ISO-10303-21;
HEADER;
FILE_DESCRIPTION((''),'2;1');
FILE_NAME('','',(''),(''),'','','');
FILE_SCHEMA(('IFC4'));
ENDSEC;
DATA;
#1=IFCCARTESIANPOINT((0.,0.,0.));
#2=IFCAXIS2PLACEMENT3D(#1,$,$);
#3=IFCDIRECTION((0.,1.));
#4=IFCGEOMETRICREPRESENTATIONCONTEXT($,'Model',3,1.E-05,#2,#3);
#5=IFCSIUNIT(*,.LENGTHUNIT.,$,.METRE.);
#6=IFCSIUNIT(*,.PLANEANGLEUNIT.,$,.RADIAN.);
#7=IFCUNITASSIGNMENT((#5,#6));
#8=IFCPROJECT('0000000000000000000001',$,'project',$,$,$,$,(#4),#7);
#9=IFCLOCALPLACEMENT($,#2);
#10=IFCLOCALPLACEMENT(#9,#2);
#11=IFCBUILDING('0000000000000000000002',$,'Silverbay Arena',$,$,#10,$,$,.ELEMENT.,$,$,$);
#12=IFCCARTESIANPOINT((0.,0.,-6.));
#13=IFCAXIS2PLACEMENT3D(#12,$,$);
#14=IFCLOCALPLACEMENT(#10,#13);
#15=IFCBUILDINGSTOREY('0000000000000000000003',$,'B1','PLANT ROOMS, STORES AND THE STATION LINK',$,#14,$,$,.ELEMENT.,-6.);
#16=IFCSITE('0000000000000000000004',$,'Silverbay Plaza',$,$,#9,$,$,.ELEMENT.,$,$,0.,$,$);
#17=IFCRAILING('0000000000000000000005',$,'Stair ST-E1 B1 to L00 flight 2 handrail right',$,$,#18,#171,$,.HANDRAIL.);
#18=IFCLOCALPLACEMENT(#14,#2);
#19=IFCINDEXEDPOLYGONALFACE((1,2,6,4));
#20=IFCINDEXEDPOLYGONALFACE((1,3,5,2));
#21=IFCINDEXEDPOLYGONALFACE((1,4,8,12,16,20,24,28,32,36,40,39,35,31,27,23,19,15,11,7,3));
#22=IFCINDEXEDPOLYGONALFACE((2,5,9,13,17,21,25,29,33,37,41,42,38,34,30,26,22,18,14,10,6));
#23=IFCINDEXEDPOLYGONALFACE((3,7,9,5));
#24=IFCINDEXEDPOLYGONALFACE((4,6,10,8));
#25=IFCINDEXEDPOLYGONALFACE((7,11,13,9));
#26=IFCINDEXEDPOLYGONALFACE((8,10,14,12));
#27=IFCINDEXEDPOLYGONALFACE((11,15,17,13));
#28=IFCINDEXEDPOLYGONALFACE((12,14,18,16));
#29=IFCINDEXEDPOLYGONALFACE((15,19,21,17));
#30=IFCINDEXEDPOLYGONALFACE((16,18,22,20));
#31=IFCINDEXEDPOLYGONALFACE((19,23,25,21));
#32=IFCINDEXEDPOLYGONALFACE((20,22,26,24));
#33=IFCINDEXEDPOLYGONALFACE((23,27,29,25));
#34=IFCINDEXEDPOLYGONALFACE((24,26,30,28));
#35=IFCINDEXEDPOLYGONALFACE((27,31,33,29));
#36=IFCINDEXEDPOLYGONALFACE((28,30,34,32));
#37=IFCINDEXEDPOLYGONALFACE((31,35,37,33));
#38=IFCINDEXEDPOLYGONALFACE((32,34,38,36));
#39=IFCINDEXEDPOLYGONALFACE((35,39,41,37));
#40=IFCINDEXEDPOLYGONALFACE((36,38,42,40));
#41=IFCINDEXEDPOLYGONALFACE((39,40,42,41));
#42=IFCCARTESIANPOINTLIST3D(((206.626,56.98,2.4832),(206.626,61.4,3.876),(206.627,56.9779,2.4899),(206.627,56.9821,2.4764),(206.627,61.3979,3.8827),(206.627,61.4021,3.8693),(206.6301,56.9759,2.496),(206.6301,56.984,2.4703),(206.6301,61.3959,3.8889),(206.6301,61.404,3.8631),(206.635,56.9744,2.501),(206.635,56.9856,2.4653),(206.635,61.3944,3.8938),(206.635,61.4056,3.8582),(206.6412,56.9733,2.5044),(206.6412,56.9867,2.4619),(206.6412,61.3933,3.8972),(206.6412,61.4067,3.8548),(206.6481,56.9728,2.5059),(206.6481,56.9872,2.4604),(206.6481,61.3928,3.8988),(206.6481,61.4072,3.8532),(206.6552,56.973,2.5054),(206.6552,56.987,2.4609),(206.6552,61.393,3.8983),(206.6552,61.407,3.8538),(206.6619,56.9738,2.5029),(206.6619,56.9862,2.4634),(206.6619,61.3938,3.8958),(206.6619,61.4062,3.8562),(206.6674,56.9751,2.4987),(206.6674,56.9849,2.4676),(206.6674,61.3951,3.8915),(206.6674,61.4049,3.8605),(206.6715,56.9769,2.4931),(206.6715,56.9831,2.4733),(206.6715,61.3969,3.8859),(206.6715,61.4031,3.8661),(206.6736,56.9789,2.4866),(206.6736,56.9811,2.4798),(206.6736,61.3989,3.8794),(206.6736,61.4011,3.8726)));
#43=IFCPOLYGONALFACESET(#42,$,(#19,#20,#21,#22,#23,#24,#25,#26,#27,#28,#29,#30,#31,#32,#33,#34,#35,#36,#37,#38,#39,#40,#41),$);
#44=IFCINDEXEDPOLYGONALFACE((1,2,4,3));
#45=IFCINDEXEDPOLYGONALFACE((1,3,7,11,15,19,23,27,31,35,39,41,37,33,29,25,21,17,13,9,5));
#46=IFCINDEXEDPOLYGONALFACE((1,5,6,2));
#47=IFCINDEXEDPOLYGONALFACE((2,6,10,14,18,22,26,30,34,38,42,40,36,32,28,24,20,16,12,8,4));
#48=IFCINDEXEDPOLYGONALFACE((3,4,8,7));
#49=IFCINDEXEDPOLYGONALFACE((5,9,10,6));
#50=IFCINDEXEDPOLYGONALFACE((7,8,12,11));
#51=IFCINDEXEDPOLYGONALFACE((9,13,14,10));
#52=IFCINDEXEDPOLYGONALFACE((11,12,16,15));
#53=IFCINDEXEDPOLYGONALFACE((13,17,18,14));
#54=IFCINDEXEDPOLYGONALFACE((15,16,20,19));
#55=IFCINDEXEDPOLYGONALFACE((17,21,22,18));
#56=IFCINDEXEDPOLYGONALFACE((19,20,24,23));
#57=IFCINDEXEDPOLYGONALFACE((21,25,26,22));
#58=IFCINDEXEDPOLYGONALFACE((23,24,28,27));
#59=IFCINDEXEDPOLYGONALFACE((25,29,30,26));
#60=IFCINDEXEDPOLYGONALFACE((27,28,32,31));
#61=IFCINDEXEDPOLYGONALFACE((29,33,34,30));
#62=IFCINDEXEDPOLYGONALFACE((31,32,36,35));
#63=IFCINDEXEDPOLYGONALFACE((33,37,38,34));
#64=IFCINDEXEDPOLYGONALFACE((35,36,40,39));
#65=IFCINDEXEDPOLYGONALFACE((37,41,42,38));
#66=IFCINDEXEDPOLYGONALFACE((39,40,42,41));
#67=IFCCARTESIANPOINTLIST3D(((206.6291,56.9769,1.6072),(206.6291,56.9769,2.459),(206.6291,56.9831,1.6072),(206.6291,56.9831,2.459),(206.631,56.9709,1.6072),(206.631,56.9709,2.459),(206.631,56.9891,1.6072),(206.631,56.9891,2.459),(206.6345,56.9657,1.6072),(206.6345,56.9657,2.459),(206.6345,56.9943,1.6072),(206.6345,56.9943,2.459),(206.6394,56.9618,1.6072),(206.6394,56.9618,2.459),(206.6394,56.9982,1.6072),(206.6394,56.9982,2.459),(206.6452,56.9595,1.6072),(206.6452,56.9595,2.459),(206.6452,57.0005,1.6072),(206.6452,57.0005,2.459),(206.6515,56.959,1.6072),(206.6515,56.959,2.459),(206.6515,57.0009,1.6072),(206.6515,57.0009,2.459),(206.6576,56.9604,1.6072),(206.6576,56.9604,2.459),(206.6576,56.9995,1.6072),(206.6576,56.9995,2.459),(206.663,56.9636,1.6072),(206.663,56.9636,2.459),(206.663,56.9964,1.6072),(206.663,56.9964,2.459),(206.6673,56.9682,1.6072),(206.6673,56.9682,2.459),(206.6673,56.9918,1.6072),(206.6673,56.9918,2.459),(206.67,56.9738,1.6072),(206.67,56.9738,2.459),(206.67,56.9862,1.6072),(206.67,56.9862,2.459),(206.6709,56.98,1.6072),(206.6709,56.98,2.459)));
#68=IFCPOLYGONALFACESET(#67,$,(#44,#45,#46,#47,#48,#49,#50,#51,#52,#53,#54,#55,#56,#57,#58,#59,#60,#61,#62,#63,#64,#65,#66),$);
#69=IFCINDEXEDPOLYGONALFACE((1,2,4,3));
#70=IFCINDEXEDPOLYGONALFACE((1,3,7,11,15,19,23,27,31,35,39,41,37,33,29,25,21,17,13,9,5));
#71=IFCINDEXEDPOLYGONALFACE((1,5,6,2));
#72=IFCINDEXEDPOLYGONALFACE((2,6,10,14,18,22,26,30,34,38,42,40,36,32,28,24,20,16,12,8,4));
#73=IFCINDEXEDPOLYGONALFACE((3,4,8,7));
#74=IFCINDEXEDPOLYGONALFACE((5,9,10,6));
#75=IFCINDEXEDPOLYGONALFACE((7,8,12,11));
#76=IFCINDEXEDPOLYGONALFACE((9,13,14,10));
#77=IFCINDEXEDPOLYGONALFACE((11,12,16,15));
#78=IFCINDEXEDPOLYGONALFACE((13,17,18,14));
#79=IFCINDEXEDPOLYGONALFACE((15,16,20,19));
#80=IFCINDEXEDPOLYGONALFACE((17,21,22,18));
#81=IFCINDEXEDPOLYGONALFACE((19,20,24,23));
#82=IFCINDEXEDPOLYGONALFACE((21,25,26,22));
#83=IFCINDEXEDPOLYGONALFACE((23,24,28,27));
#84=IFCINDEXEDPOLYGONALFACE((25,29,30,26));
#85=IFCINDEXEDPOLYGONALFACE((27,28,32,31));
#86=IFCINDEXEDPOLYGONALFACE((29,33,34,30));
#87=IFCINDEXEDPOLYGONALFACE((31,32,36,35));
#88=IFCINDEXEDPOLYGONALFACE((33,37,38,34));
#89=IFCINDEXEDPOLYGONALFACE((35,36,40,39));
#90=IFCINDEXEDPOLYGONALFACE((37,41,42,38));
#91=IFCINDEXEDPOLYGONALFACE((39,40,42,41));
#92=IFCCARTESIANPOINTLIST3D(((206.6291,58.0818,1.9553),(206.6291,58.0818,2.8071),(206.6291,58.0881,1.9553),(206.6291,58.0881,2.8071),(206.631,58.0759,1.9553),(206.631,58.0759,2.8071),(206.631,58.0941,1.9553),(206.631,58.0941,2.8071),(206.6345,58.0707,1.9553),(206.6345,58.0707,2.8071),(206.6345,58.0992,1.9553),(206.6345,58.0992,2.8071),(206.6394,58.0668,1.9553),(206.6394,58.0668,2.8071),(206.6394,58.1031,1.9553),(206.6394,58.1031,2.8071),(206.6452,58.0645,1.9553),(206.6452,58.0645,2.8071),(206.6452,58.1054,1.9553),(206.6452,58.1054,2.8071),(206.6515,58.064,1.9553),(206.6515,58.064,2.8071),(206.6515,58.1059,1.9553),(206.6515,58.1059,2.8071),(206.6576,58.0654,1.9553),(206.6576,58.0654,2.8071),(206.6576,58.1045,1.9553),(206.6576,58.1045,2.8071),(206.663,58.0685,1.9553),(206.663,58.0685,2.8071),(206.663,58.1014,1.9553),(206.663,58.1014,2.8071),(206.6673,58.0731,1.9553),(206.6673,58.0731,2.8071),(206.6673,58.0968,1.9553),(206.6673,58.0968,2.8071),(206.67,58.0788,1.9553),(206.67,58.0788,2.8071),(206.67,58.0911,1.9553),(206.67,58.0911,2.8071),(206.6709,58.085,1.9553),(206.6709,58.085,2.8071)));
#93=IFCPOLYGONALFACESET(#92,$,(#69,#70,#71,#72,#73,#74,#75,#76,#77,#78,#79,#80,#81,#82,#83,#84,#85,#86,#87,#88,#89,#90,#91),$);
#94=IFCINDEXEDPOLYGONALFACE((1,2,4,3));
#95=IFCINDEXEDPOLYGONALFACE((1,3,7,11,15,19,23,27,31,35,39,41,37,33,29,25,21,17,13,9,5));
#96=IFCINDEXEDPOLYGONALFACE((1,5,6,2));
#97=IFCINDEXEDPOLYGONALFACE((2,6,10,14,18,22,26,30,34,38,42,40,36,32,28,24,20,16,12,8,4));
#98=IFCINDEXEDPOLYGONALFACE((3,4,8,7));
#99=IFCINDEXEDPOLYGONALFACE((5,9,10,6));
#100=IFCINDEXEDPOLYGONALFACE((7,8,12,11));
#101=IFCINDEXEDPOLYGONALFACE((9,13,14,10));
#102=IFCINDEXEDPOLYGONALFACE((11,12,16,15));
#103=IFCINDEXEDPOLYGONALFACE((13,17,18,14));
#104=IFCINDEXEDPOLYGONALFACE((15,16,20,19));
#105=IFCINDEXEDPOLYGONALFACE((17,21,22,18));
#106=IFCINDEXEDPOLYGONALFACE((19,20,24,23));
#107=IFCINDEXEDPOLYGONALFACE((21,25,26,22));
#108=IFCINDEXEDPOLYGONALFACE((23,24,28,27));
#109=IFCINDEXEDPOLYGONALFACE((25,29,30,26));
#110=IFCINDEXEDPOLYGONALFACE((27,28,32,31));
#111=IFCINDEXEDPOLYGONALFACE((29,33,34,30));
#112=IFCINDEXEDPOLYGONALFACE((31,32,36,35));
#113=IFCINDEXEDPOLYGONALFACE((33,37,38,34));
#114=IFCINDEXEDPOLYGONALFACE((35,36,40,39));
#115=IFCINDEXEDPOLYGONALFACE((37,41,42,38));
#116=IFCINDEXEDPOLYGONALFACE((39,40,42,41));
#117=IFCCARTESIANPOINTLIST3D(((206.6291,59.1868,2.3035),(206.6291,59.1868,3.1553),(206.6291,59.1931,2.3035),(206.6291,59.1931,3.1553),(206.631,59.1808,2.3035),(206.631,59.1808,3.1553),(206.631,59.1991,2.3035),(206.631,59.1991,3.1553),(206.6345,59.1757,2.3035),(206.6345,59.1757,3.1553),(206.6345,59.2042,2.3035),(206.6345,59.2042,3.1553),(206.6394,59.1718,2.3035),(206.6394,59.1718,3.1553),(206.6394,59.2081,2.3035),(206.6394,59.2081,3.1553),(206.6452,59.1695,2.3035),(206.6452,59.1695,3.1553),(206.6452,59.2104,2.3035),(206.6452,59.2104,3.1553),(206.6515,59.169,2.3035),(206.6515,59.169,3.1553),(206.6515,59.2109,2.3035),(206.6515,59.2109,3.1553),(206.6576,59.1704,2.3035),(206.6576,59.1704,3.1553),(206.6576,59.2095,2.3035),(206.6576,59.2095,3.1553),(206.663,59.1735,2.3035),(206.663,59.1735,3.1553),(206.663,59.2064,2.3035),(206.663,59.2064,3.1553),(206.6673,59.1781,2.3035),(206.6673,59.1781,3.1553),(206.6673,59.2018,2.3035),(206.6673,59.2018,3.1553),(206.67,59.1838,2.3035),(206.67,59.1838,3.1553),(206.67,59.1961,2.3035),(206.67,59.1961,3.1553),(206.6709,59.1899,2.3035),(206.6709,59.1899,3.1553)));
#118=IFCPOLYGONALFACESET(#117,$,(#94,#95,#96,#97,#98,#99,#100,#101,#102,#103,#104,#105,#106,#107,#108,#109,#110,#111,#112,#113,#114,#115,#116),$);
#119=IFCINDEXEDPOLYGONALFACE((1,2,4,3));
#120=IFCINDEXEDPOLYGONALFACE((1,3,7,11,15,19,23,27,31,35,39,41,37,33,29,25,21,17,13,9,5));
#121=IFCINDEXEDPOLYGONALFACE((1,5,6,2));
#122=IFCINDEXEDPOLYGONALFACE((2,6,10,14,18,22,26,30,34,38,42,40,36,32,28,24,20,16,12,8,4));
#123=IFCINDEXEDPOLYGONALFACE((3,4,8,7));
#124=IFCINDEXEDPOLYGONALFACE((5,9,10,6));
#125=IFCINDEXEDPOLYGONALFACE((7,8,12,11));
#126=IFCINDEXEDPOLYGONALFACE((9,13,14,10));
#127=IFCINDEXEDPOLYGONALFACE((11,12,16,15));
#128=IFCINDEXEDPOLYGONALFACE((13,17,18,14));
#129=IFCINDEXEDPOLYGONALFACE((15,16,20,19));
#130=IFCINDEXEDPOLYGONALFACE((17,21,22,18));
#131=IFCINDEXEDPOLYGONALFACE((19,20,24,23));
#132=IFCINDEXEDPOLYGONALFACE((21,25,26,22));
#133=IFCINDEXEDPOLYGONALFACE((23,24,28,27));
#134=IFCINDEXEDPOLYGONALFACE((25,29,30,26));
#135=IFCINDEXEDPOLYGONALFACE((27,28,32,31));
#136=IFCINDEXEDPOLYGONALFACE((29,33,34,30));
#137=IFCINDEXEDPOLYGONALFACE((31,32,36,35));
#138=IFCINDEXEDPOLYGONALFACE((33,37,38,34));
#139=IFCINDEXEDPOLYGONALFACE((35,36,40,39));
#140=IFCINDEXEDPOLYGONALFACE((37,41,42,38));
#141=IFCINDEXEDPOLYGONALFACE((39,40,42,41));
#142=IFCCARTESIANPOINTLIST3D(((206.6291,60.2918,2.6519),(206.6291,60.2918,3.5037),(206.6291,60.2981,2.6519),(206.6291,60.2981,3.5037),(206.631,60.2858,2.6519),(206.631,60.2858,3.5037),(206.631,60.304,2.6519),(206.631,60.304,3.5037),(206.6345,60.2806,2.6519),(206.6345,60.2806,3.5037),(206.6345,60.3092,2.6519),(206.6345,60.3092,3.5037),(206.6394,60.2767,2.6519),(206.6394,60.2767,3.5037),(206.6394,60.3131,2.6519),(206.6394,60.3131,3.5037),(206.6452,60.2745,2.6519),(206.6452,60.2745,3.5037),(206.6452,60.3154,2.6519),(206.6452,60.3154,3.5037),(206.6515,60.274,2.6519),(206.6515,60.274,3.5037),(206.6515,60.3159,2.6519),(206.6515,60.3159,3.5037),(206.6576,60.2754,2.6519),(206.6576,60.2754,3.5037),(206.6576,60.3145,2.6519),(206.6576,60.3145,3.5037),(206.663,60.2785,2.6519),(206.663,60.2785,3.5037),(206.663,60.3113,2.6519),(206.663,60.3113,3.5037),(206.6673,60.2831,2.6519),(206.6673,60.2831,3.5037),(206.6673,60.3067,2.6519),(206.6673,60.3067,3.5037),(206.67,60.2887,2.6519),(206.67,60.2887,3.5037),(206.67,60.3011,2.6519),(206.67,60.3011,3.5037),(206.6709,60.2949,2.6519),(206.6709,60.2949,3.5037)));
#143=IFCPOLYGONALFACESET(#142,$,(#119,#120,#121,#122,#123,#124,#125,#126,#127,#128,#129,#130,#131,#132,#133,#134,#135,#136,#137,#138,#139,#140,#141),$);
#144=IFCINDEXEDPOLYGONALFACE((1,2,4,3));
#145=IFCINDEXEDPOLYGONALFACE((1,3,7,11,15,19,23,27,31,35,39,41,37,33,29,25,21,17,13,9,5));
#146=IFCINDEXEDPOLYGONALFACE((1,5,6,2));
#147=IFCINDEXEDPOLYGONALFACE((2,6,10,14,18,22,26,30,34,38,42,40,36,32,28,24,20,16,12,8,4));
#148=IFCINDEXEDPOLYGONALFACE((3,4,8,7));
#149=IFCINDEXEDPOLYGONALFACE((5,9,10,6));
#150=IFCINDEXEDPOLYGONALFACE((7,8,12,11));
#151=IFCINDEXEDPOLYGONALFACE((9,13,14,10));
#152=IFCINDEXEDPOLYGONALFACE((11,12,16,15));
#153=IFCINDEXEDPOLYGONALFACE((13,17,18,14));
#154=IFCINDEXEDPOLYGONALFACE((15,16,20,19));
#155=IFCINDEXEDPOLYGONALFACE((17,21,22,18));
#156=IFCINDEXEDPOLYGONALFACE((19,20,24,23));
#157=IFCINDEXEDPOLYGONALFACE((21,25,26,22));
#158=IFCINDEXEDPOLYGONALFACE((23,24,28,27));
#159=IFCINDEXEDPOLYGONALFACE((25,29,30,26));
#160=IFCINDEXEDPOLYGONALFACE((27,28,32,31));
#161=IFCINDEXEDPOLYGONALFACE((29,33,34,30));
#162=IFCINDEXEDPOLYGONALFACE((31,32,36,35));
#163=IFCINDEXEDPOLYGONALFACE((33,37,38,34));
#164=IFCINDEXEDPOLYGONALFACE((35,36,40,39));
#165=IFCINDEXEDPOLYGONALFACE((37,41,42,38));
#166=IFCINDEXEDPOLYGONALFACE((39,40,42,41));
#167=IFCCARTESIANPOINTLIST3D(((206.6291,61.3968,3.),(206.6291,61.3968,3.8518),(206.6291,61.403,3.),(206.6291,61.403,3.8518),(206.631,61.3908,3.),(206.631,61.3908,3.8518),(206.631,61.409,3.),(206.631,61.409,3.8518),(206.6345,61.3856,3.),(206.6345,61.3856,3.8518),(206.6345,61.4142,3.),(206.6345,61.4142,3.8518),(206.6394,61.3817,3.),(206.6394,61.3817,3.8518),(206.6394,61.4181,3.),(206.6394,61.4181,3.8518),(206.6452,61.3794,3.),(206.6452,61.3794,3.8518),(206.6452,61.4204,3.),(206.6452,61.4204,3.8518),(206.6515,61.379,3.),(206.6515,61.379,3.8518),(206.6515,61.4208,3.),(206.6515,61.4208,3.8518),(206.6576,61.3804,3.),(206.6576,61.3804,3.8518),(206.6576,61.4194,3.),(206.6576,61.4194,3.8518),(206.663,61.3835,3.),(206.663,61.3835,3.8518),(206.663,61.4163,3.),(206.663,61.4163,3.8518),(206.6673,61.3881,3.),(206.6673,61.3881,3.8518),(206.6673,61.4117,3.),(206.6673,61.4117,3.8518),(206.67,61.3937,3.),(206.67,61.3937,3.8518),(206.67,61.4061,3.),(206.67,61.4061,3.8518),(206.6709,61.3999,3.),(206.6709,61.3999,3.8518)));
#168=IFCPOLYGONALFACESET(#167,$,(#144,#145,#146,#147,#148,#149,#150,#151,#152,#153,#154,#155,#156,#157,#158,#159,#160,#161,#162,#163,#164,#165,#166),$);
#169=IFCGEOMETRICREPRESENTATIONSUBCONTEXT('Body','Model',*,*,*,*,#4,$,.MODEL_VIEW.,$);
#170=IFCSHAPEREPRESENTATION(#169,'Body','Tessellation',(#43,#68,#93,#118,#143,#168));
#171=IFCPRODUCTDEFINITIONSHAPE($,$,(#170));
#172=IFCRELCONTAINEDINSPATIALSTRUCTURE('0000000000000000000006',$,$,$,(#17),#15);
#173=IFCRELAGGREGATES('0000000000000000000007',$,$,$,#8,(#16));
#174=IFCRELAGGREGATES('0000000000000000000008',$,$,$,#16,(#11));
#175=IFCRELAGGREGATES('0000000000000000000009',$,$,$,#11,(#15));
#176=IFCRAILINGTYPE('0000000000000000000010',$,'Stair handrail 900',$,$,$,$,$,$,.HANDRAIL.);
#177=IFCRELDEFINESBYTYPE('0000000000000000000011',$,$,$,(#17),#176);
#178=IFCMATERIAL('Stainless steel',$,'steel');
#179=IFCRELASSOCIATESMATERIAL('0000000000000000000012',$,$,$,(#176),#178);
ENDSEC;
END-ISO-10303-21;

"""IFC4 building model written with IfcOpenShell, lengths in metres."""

from ifc_helpers import new_model, si_unit, direction, frame, origin, origin_2d, place, context, subcontext, project, spatial, circle, extrude, material, type_object, element, save


model = new_model("IFC4")

# Units and contexts
model_context = context("Model", 3, precision=1e-05, world=origin(), true_north=direction((0.0, 1.0)))
body_context = subcontext(model_context, "Body", "Model", "MODEL_VIEW")
ifc_project = project(units=[si_unit("LENGTHUNIT", "METRE"), si_unit("PLANEANGLEUNIT", "RADIAN")], contexts=[model_context])

# Site, building, storey
site_placement = place(None, origin())
site = spatial("IfcSite", under=ifc_project, at=site_placement, Name="Silverbay Plaza", CompositionType="ELEMENT", RefElevation=0.0)
building_placement = place(site_placement, origin())
building = spatial("IfcBuilding", under=site, at=building_placement, Name="Silverbay Arena", CompositionType="ELEMENT")
storey_placement = place(building_placement, frame((0.0, 0.0, -6.0)))
storey = spatial("IfcBuildingStorey", under=building, at=storey_placement, Name="B1", Description="PLANT ROOMS, STORES AND THE STATION LINK", CompositionType="ELEMENT", Elevation=-6.0)

# Railing
ifc_material_1 = material(Name="Stainless steel", Category="steel")
railing_type = type_object("IfcRailingType", Name="Stair handrail 900", PredefinedType="HANDRAIL", material=ifc_material_1)
railing_1_placement = place(storey_placement, frame((206.6499, 56.98, 1.6072)))
element("IfcRailing", 1, at=railing_1_placement, inside=storey, type_object=railing_type, Name="Stair ST-E1 B1 to L00 flight 2 handrail right", PredefinedType="HANDRAIL", context=body_context, shape_type="SweptSolid", body=[
    extrude(circle(Radius=0.0239, at=origin_2d()), frame((0.0, 0.0, 0.876), z_axis=(0.0, 0.953765, 0.300554), x_axis=(-1.0, 0.0, 0.0)), (0.0, 0.0, 1.0), 4.6343),
    extrude(circle(Radius=0.021, at=origin_2d()), origin(), (0.0, 0.0, 1.0), 0.8518),
    extrude(circle(Radius=0.021, at=origin_2d()), frame((0.0, 1.105, 0.3481)), (0.0, 0.0, 1.0), 0.8518),
    extrude(circle(Radius=0.021, at=origin_2d()), frame((0.0, 2.21, 0.6963)), (0.0, 0.0, 1.0), 0.8518),
    extrude(circle(Radius=0.021, at=origin_2d()), frame((0.0, 3.3149, 1.0447)), (0.0, 0.0, 1.0), 0.8518),
    extrude(circle(Radius=0.021, at=origin_2d()), frame((0.0, 4.4199, 1.3928)), (0.0, 0.0, 1.0), 0.8518),
])

save(model, "model.ifc")
